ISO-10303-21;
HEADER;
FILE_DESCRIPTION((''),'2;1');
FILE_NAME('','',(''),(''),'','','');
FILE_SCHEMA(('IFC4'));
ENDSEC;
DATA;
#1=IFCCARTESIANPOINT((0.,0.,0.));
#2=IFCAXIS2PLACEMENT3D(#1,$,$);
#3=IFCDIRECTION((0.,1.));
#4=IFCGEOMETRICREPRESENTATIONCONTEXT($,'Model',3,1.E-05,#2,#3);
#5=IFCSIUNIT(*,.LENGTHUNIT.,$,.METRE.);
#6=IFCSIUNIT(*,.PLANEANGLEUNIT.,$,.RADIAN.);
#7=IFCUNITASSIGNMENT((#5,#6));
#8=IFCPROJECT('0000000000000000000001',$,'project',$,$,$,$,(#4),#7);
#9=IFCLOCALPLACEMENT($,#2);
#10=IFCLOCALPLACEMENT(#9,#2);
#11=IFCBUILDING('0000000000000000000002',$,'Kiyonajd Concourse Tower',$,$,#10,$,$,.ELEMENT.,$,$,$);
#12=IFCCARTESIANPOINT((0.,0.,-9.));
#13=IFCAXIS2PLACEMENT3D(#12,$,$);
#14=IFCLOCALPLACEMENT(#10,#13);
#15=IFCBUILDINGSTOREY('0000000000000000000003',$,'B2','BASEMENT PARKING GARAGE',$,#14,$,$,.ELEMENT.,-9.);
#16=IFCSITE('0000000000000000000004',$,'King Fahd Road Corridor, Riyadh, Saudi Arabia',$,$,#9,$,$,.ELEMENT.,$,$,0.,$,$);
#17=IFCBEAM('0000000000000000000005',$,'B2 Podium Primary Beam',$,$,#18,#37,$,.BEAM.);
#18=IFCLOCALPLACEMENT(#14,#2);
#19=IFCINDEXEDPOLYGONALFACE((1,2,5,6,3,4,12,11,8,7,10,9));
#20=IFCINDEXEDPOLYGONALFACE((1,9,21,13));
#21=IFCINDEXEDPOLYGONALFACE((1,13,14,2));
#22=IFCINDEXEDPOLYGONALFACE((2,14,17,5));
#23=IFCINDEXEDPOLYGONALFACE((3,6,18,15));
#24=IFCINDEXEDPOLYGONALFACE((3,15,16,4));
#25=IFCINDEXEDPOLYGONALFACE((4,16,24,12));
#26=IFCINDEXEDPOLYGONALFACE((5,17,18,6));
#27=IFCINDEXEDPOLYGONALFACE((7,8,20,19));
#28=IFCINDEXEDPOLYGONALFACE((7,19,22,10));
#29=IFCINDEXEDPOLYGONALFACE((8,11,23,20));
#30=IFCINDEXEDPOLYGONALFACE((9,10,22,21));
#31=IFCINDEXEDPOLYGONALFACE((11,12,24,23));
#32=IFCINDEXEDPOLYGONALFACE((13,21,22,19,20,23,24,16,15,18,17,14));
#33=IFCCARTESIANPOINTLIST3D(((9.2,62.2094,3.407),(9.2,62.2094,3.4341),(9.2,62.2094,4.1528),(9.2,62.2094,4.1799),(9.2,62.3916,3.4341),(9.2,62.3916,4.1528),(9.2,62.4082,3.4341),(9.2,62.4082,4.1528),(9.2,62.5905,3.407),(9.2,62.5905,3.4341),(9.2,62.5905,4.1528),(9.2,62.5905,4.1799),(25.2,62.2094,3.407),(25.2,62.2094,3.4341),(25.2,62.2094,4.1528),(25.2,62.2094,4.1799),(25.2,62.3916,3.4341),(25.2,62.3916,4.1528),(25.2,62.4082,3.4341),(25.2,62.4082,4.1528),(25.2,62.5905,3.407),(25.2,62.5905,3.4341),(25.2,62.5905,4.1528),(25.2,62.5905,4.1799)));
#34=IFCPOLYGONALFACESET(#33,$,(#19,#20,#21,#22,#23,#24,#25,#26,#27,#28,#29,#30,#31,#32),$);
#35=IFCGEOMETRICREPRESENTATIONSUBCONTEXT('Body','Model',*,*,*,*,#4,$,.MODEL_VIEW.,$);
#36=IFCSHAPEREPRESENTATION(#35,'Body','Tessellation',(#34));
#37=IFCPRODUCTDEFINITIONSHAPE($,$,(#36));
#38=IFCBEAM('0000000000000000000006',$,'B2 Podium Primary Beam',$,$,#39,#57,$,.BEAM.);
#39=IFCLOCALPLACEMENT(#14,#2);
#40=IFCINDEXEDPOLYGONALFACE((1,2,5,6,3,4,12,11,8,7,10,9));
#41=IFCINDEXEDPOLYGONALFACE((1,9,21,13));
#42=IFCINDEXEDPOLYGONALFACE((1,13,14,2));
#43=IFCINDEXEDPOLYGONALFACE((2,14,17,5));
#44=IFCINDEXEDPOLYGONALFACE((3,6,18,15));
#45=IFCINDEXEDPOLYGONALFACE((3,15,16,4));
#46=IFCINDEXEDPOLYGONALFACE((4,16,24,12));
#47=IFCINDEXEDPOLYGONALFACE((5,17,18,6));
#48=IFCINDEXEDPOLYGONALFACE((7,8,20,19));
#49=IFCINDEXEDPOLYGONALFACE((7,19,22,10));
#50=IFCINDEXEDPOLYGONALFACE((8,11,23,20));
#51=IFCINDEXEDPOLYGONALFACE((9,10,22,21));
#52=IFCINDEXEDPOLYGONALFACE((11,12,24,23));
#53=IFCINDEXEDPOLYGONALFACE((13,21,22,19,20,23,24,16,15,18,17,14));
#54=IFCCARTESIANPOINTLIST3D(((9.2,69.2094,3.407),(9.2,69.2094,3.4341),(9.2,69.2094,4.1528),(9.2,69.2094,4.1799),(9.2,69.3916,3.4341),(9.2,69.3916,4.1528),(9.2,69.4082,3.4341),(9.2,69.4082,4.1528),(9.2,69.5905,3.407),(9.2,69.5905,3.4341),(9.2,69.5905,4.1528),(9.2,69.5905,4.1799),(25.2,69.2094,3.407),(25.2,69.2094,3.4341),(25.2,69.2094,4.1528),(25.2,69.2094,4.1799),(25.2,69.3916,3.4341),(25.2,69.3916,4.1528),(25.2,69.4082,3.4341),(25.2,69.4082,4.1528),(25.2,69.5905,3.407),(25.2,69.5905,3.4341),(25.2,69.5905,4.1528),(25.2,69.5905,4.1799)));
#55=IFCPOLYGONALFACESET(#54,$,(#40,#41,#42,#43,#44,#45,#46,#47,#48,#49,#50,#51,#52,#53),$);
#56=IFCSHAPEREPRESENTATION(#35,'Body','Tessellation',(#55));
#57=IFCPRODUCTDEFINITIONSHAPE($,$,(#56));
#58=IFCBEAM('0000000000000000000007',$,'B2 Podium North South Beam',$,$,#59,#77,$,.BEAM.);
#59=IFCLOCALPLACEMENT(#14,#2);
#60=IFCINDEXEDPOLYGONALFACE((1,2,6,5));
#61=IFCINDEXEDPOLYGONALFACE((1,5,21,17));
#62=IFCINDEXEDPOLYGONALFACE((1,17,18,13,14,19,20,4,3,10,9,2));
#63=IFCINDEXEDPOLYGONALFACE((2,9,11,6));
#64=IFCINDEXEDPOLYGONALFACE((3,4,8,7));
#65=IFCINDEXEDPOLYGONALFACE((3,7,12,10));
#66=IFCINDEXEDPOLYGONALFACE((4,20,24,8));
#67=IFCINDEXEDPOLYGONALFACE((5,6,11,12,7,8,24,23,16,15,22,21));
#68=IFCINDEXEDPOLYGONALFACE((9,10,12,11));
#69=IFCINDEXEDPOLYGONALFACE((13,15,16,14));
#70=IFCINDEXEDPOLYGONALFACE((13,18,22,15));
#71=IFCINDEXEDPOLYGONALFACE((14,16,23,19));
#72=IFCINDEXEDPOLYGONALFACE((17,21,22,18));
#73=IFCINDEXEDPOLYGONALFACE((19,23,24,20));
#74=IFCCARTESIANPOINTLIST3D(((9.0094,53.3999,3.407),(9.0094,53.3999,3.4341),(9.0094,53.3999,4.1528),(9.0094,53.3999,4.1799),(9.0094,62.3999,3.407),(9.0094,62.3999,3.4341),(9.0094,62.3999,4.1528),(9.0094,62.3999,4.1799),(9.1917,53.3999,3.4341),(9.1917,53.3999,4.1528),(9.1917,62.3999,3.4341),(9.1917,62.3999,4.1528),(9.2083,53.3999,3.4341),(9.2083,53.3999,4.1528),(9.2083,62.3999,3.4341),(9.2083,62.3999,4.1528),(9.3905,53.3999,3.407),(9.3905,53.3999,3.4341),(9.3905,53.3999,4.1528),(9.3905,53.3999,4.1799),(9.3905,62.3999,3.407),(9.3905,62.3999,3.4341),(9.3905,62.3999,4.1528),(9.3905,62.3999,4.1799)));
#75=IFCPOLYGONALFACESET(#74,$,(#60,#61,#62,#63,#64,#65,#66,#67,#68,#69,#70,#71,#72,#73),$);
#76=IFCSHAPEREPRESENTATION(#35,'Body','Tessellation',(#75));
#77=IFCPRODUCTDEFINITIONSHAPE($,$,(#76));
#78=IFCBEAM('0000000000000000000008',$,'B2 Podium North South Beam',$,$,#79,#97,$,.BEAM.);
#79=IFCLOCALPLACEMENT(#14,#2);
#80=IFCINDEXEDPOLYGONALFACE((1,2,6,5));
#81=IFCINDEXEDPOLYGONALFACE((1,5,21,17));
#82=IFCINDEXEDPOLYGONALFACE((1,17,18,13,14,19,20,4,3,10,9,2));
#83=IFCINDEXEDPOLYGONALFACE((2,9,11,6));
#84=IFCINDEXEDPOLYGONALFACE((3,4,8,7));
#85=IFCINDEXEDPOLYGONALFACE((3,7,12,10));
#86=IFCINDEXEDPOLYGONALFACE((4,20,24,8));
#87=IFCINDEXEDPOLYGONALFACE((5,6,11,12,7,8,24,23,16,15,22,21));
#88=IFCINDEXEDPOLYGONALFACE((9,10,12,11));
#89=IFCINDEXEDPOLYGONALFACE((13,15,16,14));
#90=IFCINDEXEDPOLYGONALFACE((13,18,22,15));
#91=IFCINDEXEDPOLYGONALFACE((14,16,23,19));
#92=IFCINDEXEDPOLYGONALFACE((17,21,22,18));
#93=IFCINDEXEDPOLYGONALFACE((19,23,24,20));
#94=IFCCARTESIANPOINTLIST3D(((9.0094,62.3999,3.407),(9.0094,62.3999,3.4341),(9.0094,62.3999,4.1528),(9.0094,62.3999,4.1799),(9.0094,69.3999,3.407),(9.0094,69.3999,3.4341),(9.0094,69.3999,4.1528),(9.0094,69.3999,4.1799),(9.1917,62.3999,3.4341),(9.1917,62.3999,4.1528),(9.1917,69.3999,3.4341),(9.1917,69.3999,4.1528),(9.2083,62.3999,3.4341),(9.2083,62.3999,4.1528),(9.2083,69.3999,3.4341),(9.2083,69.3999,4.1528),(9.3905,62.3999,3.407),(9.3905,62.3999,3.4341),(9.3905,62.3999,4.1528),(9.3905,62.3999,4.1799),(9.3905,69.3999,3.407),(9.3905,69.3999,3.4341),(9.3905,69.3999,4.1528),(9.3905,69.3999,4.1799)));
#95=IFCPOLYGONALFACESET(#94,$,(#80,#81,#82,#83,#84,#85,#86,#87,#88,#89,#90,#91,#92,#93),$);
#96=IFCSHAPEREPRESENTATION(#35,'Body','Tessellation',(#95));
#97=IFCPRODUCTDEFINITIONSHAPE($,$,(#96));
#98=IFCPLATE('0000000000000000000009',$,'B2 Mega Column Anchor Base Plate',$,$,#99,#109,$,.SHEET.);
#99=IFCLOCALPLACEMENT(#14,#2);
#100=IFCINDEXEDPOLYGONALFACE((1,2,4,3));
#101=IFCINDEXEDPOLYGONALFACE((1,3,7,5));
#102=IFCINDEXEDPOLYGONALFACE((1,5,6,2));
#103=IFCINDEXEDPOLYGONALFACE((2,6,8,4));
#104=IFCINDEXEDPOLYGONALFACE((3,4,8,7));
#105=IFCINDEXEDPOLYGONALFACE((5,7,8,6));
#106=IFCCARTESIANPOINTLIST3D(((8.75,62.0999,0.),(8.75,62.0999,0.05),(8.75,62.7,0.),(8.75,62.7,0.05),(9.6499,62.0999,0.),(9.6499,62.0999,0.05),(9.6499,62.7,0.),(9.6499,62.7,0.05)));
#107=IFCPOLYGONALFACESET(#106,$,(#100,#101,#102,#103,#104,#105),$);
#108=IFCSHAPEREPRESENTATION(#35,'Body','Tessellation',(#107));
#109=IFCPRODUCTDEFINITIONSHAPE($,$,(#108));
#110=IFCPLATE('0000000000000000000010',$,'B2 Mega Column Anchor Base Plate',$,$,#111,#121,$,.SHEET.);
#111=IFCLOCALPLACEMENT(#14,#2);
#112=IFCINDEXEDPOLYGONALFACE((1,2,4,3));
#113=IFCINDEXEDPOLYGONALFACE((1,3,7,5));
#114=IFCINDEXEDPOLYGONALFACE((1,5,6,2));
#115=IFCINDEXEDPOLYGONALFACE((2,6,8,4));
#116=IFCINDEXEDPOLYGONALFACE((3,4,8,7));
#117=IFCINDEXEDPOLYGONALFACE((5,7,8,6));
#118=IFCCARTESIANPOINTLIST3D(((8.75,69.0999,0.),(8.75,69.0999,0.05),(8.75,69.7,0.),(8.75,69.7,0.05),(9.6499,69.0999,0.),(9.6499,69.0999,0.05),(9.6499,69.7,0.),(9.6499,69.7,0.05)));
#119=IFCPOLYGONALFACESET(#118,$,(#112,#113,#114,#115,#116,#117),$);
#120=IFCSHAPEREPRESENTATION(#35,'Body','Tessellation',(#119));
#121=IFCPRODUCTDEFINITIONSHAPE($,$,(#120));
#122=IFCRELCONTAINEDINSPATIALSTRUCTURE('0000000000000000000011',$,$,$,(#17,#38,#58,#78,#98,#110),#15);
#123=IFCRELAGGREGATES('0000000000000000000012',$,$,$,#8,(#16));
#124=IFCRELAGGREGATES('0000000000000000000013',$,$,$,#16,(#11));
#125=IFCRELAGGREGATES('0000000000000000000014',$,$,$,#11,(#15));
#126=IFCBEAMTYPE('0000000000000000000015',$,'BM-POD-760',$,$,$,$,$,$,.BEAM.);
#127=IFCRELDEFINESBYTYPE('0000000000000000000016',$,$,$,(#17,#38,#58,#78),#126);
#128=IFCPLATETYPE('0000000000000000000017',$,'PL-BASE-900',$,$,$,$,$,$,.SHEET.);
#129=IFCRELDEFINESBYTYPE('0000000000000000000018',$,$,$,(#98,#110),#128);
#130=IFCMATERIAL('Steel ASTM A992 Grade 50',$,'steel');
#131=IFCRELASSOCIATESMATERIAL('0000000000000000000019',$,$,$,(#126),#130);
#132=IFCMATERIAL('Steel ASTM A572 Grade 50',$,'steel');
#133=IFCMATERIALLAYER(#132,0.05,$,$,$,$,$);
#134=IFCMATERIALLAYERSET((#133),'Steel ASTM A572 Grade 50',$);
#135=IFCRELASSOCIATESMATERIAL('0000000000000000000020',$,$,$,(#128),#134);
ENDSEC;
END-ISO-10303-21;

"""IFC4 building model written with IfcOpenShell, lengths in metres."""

from ifc_helpers import new_model, si_unit, direction, frame, origin, origin_2d, place, context, subcontext, project, spatial, rectangle, i_section, extrude, material, layer, layer_set, material_profile, profile_set, type_object, element, save


model = new_model("IFC4")

# Units and contexts
model_context = context("Model", 3, precision=1e-05, world=origin(), true_north=direction((0.0, 1.0)))
body_context = subcontext(model_context, "Body", "Model", "MODEL_VIEW")
ifc_project = project(units=[si_unit("LENGTHUNIT", "METRE"), si_unit("PLANEANGLEUNIT", "RADIAN")], contexts=[model_context])

# Site, building, storey
site_placement = place(None, origin())
site = spatial("IfcSite", under=ifc_project, at=site_placement, Name="King Fahd Road Corridor, Riyadh, Saudi Arabia", CompositionType="ELEMENT", RefElevation=0.0)
building_placement = place(site_placement, origin())
building = spatial("IfcBuilding", under=site, at=building_placement, Name="Kiyonajd Concourse Tower", CompositionType="ELEMENT")
storey_placement = place(building_placement, frame((0.0, 0.0, -9.0)))
storey = spatial("IfcBuildingStorey", under=building, at=storey_placement, Name="B2", Description="BASEMENT PARKING GARAGE", CompositionType="ELEMENT", Elevation=-9.0)

# Beams
ifc_material_1 = material(Name="Steel ASTM A992 Grade 50", Category="steel")
ifc_material_profile_1 = material_profile(ifc_material_1, i_section(OverallWidth=0.3811, OverallDepth=0.7729, WebThickness=0.0166, FlangeThickness=0.0271, at=origin_2d()), Name="W760X257")
ifc_profile_set_1 = profile_set([ifc_material_profile_1], Name="Steel ASTM A992 Grade 50")
beam_type_1 = type_object("IfcBeamType", Name="BM-POD-760", PredefinedType="BEAM", material=ifc_profile_set_1)
for number, where, z_axis, x_axis, name in (
    (1, (9.2, 62.3999, 3.7935), (1.0, 0.0, 0.0), (0.0, 1.0, 0.0), "B2 Podium Primary Beam"),
    (2, (9.2, 69.3999, 3.7935), (1.0, 0.0, 0.0), (0.0, 1.0, 0.0), "B2 Podium Primary Beam"),
):
    element("IfcBeam", number, at=place(storey_placement, frame(where, z_axis=z_axis, x_axis=x_axis)), inside=storey, type_object=beam_type_1, Name=name, PredefinedType="BEAM", context=body_context, shape_type="SweptSolid", body=[
        extrude(i_section(OverallWidth=0.3811, OverallDepth=0.7729, WebThickness=0.0166, FlangeThickness=0.0271, at=origin_2d()), origin(), (0.0, 0.0, 1.0), 16.0),
    ])
beam_1_placement = place(storey_placement, frame((9.2, 53.3999, 3.7935), z_axis=(0.0, 1.0, 0.0), x_axis=(-1.0, 0.0, 0.0)))
element("IfcBeam", 3, at=beam_1_placement, inside=storey, type_object=beam_type_1, Name="B2 Podium North South Beam", PredefinedType="BEAM", context=body_context, shape_type="SweptSolid", body=[
    extrude(i_section(OverallWidth=0.3811, OverallDepth=0.7729, WebThickness=0.0166, FlangeThickness=0.0271, at=origin_2d()), origin(), (0.0, 0.0, 1.0), 9.0),
])
beam_2_placement = place(storey_placement, frame((9.2, 62.3999, 3.7935), z_axis=(0.0, 1.0, 0.0), x_axis=(-1.0, 0.0, 0.0)))
element("IfcBeam", 4, at=beam_2_placement, inside=storey, type_object=beam_type_1, Name="B2 Podium North South Beam", PredefinedType="BEAM", context=body_context, shape_type="SweptSolid", body=[
    extrude(i_section(OverallWidth=0.3811, OverallDepth=0.7729, WebThickness=0.0166, FlangeThickness=0.0271, at=origin_2d()), origin(), (0.0, 0.0, 1.0), 7.0),
])

# Plates
ifc_material_2 = material(Name="Steel ASTM A572 Grade 50", Category="steel")
ifc_layer = layer(ifc_material_2, 0.05)
ifc_layer_set = layer_set([ifc_layer], Name="Steel ASTM A572 Grade 50")
plate_type = type_object("IfcPlateType", Name="PL-BASE-900", PredefinedType="SHEET", material=ifc_layer_set)
for number, where, z_axis, x_axis, name in (
    (5, (9.2, 62.3999, 0.0), (0.0, 0.0, 1.0), (1.0, 0.0, 0.0), "B2 Mega Column Anchor Base Plate"),
    (6, (9.2, 69.3999, 0.0), (0.0, 0.0, 1.0), (1.0, 0.0, 0.0), "B2 Mega Column Anchor Base Plate"),
):
    element("IfcPlate", number, at=place(storey_placement, frame(where, z_axis=z_axis, x_axis=x_axis)), inside=storey, type_object=plate_type, Name=name, PredefinedType="SHEET", context=body_context, shape_type="SweptSolid", body=[
        extrude(rectangle(XDim=0.8999, YDim=0.6001, at=origin_2d()), origin(), (0.0, 0.0, 1.0), 0.05),
    ])

save(model, "model.ifc")
